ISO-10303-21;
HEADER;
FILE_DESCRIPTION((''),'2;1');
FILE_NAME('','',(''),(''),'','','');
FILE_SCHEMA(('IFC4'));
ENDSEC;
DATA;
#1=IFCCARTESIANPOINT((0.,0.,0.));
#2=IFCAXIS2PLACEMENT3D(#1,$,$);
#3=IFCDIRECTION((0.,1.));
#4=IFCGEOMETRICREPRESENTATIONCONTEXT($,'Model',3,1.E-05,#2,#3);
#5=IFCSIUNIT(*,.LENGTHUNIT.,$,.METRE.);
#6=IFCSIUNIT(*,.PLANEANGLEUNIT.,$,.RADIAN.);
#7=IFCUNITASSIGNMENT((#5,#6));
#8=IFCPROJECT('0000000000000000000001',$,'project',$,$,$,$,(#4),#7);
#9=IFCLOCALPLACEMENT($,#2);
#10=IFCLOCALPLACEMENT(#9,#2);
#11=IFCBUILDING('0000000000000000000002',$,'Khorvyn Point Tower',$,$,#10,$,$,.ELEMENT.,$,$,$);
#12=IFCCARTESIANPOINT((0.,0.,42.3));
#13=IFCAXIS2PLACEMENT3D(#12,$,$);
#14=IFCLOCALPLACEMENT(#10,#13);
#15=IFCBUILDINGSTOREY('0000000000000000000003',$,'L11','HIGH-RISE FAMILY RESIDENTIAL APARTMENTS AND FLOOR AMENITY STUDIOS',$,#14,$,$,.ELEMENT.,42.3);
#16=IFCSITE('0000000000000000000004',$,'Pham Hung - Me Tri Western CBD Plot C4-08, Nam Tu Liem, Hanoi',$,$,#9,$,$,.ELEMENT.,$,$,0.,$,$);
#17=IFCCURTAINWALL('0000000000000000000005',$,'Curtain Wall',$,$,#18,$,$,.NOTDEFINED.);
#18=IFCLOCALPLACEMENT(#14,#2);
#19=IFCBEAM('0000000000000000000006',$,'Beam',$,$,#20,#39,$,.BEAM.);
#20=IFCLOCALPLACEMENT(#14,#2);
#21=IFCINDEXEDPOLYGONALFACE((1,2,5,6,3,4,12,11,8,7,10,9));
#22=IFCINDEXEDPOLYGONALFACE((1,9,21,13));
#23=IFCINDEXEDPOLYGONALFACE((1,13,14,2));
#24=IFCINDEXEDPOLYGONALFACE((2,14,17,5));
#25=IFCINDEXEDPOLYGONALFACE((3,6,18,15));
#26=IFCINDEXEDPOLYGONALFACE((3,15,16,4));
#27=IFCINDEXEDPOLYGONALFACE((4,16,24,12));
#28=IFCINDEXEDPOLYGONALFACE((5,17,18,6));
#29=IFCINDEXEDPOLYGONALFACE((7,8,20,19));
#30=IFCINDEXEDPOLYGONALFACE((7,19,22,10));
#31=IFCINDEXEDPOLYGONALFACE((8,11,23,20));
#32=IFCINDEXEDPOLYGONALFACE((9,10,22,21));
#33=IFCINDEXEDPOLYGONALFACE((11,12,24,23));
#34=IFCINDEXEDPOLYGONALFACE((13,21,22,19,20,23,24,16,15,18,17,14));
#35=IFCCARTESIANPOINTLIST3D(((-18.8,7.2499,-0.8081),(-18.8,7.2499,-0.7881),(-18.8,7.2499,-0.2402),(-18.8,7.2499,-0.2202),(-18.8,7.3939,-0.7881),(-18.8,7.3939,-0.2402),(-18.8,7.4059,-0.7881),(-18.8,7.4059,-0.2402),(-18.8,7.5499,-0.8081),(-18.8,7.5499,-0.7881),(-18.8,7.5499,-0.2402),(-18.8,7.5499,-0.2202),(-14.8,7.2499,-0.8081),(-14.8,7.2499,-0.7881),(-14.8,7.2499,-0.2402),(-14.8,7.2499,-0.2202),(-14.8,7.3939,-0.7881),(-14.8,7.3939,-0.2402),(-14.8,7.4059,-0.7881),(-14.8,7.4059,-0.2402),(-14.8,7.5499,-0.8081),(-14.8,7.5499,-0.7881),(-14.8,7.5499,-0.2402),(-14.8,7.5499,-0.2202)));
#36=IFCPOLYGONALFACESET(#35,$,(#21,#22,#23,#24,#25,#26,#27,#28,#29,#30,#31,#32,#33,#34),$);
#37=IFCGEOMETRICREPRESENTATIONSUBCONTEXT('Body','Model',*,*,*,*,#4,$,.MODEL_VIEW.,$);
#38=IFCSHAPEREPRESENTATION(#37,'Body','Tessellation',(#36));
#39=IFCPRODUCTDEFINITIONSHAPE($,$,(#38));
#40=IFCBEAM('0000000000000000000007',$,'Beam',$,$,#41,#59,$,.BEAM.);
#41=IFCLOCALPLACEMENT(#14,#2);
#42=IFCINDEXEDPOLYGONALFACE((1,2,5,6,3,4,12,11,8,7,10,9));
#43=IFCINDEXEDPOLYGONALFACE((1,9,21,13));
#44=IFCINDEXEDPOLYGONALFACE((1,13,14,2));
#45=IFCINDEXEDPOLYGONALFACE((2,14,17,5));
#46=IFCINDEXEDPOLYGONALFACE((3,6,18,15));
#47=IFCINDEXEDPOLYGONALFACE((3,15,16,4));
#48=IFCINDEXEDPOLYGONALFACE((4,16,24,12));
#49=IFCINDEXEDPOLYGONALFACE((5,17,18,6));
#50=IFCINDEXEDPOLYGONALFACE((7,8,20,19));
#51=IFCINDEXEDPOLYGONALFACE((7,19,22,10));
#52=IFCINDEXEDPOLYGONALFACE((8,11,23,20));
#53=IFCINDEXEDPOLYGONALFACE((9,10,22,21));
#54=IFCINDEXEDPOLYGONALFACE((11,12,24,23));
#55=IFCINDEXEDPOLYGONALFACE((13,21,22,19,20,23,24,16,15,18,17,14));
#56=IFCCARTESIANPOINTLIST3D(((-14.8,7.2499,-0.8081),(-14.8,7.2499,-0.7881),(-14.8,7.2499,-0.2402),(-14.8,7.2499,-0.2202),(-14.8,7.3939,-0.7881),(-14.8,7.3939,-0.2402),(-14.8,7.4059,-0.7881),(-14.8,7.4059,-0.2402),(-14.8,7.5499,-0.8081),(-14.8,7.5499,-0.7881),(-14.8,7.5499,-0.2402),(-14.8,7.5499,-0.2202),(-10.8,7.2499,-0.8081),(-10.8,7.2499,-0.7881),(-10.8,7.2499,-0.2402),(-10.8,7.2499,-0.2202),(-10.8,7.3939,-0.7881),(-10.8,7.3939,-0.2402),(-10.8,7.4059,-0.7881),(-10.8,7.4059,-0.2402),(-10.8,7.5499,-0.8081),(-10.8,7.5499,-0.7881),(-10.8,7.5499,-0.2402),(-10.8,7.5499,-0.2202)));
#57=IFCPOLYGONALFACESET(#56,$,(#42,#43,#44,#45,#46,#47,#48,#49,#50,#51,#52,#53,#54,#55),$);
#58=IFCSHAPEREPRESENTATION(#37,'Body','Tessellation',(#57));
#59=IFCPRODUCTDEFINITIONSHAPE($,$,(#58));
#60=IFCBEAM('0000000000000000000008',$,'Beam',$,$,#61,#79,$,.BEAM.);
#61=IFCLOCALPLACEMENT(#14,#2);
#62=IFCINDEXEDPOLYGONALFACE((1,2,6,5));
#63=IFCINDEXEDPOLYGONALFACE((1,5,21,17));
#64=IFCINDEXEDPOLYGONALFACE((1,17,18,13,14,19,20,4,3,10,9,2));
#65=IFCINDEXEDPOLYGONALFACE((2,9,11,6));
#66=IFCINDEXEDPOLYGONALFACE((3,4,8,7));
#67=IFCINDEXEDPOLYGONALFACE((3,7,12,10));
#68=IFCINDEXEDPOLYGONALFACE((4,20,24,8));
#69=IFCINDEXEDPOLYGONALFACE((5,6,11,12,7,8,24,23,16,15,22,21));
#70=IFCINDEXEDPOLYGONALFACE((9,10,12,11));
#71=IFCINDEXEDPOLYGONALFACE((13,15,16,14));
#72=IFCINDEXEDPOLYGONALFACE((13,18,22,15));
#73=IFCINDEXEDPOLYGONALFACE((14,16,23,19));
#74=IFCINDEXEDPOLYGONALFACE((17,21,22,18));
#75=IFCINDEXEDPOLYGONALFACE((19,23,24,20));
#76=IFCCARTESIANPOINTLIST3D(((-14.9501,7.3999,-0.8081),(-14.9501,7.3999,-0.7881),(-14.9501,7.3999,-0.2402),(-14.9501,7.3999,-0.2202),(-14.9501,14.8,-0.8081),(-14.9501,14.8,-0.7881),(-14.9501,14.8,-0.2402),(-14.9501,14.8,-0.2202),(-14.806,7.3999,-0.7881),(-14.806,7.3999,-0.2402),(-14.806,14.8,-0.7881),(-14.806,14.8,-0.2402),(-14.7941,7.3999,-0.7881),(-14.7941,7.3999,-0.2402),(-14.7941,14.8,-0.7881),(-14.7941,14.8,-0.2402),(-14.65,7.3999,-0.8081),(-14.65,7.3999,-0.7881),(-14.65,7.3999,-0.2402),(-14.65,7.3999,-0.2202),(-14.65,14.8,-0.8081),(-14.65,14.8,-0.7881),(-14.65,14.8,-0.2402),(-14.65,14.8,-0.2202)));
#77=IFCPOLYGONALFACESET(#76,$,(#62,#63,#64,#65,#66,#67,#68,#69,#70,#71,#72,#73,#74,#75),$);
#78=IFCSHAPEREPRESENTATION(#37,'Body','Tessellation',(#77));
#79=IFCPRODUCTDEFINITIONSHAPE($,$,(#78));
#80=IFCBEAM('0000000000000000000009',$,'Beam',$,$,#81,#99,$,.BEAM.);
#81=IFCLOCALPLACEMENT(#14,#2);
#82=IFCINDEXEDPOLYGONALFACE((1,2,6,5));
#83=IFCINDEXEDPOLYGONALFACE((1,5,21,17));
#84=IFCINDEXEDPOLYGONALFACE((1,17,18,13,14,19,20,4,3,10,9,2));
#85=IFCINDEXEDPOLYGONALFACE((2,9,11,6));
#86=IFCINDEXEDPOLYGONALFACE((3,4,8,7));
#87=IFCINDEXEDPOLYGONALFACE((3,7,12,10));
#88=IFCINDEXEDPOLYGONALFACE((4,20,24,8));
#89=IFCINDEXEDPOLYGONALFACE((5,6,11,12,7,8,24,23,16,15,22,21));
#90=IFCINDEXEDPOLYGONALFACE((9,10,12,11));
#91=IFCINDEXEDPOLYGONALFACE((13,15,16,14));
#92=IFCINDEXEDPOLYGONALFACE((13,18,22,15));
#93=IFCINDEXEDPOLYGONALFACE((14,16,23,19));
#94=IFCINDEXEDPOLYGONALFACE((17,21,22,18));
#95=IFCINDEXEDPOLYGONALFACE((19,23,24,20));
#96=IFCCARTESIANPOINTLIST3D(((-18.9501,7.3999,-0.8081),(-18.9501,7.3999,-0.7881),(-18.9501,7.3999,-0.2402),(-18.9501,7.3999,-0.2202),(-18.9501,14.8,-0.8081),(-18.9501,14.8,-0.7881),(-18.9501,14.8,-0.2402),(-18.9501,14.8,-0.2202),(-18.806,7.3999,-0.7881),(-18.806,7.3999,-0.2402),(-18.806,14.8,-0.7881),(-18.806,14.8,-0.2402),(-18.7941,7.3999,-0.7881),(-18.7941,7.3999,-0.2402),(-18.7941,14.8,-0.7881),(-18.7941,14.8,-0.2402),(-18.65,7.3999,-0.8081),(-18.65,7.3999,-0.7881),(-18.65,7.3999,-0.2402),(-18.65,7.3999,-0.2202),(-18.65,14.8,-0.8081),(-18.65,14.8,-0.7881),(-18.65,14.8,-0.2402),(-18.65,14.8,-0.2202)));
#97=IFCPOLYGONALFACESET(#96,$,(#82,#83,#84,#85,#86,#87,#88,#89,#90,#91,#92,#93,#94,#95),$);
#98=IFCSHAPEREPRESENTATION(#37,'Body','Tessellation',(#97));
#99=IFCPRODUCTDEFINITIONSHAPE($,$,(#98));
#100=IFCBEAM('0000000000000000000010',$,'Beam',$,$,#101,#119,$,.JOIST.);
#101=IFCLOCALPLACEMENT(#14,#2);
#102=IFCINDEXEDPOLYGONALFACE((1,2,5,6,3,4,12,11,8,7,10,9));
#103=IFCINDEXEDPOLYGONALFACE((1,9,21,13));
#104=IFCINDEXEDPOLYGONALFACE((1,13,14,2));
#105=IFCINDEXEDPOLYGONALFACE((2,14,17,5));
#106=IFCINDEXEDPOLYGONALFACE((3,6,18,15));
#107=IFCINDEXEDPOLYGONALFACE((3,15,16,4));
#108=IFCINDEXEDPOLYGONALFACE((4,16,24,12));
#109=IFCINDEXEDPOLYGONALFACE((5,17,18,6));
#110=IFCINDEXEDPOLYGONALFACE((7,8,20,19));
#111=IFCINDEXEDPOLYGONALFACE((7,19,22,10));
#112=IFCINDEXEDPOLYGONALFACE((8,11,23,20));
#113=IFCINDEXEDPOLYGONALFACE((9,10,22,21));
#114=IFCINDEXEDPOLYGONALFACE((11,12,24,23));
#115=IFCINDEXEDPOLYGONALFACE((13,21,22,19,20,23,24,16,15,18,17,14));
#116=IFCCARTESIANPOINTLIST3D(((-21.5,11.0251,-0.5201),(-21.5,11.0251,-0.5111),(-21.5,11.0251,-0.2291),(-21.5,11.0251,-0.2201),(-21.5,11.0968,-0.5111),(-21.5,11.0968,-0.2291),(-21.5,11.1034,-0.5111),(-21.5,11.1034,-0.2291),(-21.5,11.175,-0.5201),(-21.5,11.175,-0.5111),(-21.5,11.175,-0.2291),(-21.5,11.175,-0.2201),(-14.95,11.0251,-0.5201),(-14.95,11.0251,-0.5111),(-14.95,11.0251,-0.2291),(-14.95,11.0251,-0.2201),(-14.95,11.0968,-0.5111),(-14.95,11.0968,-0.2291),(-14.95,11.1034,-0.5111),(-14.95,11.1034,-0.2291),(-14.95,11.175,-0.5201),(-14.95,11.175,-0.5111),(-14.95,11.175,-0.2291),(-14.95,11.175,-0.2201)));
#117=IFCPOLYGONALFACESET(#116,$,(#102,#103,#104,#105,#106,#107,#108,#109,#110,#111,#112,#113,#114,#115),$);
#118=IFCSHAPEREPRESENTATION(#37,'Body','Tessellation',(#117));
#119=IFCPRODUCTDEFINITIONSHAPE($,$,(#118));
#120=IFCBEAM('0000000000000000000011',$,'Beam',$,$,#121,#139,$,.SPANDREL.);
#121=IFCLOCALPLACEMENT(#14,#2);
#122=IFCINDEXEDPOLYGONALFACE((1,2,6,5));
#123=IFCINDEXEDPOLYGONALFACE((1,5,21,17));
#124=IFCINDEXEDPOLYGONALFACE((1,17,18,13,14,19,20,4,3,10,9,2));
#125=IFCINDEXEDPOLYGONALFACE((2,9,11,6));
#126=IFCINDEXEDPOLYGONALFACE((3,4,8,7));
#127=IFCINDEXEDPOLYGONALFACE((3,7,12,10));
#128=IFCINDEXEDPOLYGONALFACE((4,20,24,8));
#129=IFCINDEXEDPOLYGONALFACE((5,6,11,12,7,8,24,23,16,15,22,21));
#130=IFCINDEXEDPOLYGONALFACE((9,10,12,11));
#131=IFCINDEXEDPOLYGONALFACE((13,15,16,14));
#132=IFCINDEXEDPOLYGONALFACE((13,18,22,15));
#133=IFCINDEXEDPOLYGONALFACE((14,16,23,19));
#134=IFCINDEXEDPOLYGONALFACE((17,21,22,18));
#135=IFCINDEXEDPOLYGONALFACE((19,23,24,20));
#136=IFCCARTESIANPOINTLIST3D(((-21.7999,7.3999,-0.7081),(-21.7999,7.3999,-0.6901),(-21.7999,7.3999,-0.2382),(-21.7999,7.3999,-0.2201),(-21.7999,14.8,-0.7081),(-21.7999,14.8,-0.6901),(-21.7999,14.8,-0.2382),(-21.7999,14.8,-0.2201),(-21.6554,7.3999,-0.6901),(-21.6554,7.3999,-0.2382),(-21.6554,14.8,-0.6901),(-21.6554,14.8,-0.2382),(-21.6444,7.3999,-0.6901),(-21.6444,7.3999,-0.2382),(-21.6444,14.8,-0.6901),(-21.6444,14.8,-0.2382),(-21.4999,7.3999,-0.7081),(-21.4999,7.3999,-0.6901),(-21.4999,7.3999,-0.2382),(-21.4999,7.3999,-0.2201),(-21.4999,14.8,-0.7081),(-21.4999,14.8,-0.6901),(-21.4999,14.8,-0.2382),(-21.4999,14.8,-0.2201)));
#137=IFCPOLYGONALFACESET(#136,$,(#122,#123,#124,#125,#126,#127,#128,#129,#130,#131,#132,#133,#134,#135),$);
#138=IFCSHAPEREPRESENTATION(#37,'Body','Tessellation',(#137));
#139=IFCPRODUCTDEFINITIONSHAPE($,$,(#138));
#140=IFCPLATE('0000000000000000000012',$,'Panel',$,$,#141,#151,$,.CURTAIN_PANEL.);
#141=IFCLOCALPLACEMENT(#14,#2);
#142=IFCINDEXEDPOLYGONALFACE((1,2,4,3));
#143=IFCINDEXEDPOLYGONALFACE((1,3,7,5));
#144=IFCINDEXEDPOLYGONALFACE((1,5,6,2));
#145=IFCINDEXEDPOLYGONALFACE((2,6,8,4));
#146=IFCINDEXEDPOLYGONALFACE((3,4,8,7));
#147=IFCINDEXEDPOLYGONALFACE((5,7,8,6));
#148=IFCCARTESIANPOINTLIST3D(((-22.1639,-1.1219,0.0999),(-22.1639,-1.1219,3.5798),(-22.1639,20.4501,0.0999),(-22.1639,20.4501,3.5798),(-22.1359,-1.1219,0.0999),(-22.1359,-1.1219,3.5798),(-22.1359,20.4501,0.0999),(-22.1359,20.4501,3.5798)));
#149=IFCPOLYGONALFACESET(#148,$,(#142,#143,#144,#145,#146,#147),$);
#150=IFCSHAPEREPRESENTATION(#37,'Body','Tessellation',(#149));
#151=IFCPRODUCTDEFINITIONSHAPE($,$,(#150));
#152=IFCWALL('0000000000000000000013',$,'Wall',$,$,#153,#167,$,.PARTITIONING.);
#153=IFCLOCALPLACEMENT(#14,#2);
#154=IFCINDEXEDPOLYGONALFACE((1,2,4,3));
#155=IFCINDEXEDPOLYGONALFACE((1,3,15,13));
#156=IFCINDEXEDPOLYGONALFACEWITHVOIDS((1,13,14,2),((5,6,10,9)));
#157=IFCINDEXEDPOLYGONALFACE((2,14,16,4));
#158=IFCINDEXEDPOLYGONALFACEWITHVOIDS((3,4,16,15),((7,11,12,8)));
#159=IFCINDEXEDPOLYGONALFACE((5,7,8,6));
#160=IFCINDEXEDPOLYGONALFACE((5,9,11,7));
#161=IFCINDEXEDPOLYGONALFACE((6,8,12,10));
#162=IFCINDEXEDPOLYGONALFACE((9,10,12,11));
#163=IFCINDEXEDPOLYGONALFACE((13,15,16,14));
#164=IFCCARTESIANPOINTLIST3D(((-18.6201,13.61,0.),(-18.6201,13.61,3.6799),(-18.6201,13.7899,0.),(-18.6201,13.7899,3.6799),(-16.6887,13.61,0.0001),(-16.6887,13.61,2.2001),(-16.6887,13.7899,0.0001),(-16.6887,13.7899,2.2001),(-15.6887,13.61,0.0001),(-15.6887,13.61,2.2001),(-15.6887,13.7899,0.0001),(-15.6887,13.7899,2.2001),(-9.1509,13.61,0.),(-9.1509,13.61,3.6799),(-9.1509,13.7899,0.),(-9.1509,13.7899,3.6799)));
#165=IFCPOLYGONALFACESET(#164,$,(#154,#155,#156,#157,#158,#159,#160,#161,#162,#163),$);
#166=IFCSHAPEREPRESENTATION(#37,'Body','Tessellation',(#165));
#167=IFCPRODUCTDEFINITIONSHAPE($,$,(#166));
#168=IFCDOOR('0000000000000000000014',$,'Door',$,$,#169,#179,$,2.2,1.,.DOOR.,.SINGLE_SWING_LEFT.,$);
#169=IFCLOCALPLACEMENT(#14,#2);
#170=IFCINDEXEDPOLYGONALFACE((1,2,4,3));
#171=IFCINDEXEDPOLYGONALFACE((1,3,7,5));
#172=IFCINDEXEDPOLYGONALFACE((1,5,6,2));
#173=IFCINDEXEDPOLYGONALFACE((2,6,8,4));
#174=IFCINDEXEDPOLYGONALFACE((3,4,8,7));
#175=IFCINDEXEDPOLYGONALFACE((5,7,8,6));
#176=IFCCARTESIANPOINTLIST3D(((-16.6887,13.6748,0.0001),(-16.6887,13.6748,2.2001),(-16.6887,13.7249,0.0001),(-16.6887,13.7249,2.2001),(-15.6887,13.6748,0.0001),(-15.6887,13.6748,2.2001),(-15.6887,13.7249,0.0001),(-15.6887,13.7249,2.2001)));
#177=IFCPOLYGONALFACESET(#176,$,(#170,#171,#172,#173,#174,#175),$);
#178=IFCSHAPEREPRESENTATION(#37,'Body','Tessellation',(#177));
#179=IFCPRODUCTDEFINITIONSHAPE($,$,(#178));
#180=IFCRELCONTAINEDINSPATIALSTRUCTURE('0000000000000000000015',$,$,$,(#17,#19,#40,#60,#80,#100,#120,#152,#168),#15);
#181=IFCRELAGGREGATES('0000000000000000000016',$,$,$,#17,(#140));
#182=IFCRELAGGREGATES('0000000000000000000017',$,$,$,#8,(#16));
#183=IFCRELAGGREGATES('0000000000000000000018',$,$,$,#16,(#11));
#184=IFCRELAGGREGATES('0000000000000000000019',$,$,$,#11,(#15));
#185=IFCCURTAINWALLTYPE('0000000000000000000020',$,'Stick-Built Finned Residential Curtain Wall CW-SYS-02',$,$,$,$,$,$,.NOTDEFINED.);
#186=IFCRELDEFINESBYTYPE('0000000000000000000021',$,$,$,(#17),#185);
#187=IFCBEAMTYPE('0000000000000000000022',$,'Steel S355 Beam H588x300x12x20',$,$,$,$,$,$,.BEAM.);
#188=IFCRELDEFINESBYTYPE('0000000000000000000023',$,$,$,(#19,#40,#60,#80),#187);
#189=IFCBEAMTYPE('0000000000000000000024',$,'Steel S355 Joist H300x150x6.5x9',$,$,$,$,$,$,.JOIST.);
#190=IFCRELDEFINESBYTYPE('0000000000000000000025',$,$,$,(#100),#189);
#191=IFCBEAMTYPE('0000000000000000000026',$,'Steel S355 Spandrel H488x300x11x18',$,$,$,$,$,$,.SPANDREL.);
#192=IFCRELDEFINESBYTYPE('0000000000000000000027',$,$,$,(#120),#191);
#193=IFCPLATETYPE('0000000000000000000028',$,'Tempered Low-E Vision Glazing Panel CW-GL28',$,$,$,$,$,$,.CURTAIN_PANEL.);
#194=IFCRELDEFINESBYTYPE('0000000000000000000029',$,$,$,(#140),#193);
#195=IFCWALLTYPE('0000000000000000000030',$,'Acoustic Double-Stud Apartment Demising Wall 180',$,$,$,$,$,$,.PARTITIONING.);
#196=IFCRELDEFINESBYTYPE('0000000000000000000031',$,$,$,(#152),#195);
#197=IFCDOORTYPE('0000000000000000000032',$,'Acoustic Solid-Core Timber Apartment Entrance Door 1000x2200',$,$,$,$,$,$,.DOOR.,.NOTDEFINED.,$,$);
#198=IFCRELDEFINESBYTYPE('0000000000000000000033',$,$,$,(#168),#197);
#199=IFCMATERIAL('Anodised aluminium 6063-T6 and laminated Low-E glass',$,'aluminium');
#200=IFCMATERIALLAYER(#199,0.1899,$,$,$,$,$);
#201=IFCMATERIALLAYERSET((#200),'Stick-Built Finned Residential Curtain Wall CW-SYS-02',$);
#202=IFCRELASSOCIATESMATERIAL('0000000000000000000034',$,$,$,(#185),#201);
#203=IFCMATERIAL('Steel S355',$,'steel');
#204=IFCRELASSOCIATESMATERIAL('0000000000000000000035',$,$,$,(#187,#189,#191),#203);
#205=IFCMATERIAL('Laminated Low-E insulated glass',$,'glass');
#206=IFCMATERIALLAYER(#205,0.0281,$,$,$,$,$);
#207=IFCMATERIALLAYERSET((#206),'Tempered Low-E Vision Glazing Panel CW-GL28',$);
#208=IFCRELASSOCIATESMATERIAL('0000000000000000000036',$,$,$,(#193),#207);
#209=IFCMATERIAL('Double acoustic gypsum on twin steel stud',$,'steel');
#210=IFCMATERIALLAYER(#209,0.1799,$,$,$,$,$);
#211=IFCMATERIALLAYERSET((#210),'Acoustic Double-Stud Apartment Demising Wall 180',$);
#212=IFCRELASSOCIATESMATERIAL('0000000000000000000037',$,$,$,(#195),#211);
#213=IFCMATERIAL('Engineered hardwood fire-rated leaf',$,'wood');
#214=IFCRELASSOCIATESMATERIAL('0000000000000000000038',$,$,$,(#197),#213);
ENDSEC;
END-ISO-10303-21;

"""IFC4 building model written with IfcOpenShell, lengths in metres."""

from ifc_helpers import new_model, si_unit, direction, frame, frame_2d, origin, origin_2d, place, context, subcontext, project, spatial, rectangle, i_section, extrude, material, layer, layer_set, material_profile, profile_set, type_object, element, fill, aggregate, save


model = new_model("IFC4")

# Units and contexts
model_context = context("Model", 3, precision=1e-05, world=origin(), true_north=direction((0.0, 1.0)))
body_context = subcontext(model_context, "Body", "Model", "MODEL_VIEW")
ifc_project = project(units=[si_unit("LENGTHUNIT", "METRE"), si_unit("PLANEANGLEUNIT", "RADIAN")], contexts=[model_context])

# Site, building, storey
site_placement = place(None, origin())
site = spatial("IfcSite", under=ifc_project, at=site_placement, Name="Pham Hung - Me Tri Western CBD Plot C4-08, Nam Tu Liem, Hanoi", CompositionType="ELEMENT", RefElevation=0.0)
building_placement = place(site_placement, origin())
building = spatial("IfcBuilding", under=site, at=building_placement, Name="Khorvyn Point Tower", CompositionType="ELEMENT")
storey_placement = place(building_placement, frame((0.0, 0.0, 42.3)))
storey = spatial("IfcBuildingStorey", under=building, at=storey_placement, Name="L11", Description="HIGH-RISE FAMILY RESIDENTIAL APARTMENTS AND FLOOR AMENITY STUDIOS", CompositionType="ELEMENT", Elevation=42.3)

# Shared definitions
ifc_material_1 = material(Name="Anodised aluminium 6063-T6 and laminated Low-E glass", Category="aluminium")
ifc_layer_1 = layer(ifc_material_1, 0.1899)
ifc_layer_set_1 = layer_set([ifc_layer_1], Name="Stick-Built Finned Residential Curtain Wall CW-SYS-02")
curtain_wall_type = type_object("IfcCurtainWallType", Name="Stick-Built Finned Residential Curtain Wall CW-SYS-02", PredefinedType="NOTDEFINED", material=ifc_layer_set_1)

# Curtain wall
curtain_wall_1_placement = place(storey_placement, origin())
curtain_wall_1 = element("IfcCurtainWall", 1, at=curtain_wall_1_placement, inside=storey, type_object=curtain_wall_type, Name="Curtain Wall", PredefinedType="NOTDEFINED")

# Beams
ifc_material_2 = material(Name="Steel S355", Category="steel")
ifc_material_profile_1 = material_profile(ifc_material_2, i_section(OverallWidth=0.3, OverallDepth=0.5879, WebThickness=0.012, FlangeThickness=0.02, at=origin_2d()))
ifc_profile_set_1 = profile_set([ifc_material_profile_1], Name="Steel S355 H588x300x12x20")
beam_type_1 = type_object("IfcBeamType", Name="Steel S355 Beam H588x300x12x20", PredefinedType="BEAM", material=ifc_profile_set_1)
for number, where, z_axis, x_axis, name in (
    (2, (-18.8, 7.3999, -0.5142), (1.0, 0.0, 0.0), (0.0, 1.0, 0.0), "Beam"),
    (3, (-14.8, 7.3999, -0.5142), (1.0, 0.0, 0.0), (0.0, 1.0, 0.0), "Beam"),
):
    element("IfcBeam", number, at=place(storey_placement, frame(where, z_axis=z_axis, x_axis=x_axis)), inside=storey, type_object=beam_type_1, Name=name, PredefinedType="BEAM", context=body_context, shape_type="SweptSolid", body=[
        extrude(i_section(OverallWidth=0.3, OverallDepth=0.5879, WebThickness=0.012, FlangeThickness=0.02, at=origin_2d()), origin(), (0.0, 0.0, 1.0), 4.0),
    ])
for number, where, z_axis, x_axis, name in (
    (4, (-14.8, 7.3999, -0.5142), (0.0, 1.0, 0.0), (-1.0, 0.0, 0.0), "Beam"),
    (5, (-18.8, 7.3999, -0.5142), (0.0, 1.0, 0.0), (-1.0, 0.0, 0.0), "Beam"),
):
    element("IfcBeam", number, at=place(storey_placement, frame(where, z_axis=z_axis, x_axis=x_axis)), inside=storey, type_object=beam_type_1, Name=name, PredefinedType="BEAM", context=body_context, shape_type="SweptSolid", body=[
        extrude(i_section(OverallWidth=0.3, OverallDepth=0.5879, WebThickness=0.012, FlangeThickness=0.02, at=origin_2d()), origin(), (0.0, 0.0, 1.0), 7.4001),
    ])
ifc_material_profile_2 = material_profile(ifc_material_2, i_section(OverallWidth=0.1499, OverallDepth=0.3, WebThickness=0.0066, FlangeThickness=0.009, at=origin_2d()))
ifc_profile_set_2 = profile_set([ifc_material_profile_2], Name="Steel S355 H300x150x6.5x9")
beam_type_2 = type_object("IfcBeamType", Name="Steel S355 Joist H300x150x6.5x9", PredefinedType="JOIST", material=ifc_profile_set_2)
beam_1_placement = place(storey_placement, frame((-21.5, 11.1001, -0.3701), z_axis=(1.0, 0.0, 0.0), x_axis=(0.0, 1.0, 0.0)))
element("IfcBeam", 6, at=beam_1_placement, inside=storey, type_object=beam_type_2, Name="Beam", PredefinedType="JOIST", context=body_context, shape_type="SweptSolid", body=[
    extrude(i_section(OverallWidth=0.1499, OverallDepth=0.3, WebThickness=0.0066, FlangeThickness=0.009, at=origin_2d()), origin(), (0.0, 0.0, 1.0), 6.55),
])
ifc_material_profile_3 = material_profile(ifc_material_2, i_section(OverallWidth=0.3, OverallDepth=0.488, WebThickness=0.011, FlangeThickness=0.0181, at=origin_2d()))
ifc_profile_set_3 = profile_set([ifc_material_profile_3], Name="Steel S355 H488x300x11x18")
beam_type_3 = type_object("IfcBeamType", Name="Steel S355 Spandrel H488x300x11x18", PredefinedType="SPANDREL", material=ifc_profile_set_3)
beam_2_placement = place(storey_placement, frame((-21.6499, 7.3999, -0.4641), z_axis=(0.0, 1.0, 0.0), x_axis=(-1.0, 0.0, 0.0)))
element("IfcBeam", 7, at=beam_2_placement, inside=storey, type_object=beam_type_3, Name="Beam", PredefinedType="SPANDREL", context=body_context, shape_type="SweptSolid", body=[
    extrude(i_section(OverallWidth=0.3, OverallDepth=0.488, WebThickness=0.011, FlangeThickness=0.0181, at=origin_2d()), origin(), (0.0, 0.0, 1.0), 7.4001),
])

# Plate
ifc_material_3 = material(Name="Laminated Low-E insulated glass", Category="glass")
ifc_layer_2 = layer(ifc_material_3, 0.0281)
ifc_layer_set_2 = layer_set([ifc_layer_2], Name="Tempered Low-E Vision Glazing Panel CW-GL28")
plate_type = type_object("IfcPlateType", Name="Tempered Low-E Vision Glazing Panel CW-GL28", PredefinedType="CURTAIN_PANEL", material=ifc_layer_set_2)
plate_placement = place(storey_placement, frame((-22.1499, 9.6641, 0.0999), z_axis=(0.0, 0.0, 1.0), x_axis=(0.0, 1.0, 0.0)))
plate = element("IfcPlate", 8, at=plate_placement, type_object=plate_type, Name="Panel", PredefinedType="CURTAIN_PANEL", context=body_context, shape_type="SweptSolid", body=[
    extrude(rectangle(XDim=21.572, YDim=0.0281, at=origin_2d()), origin(), (0.0, 0.0, 1.0), 3.48),
])
aggregate(curtain_wall_1, [plate])

# Wall, opening, door
ifc_material_4 = material(Name="Double acoustic gypsum on twin steel stud", Category="steel")
ifc_layer_3 = layer(ifc_material_4, 0.1799)
ifc_layer_set_3 = layer_set([ifc_layer_3], Name="Acoustic Double-Stud Apartment Demising Wall 180")
wall_type_1 = type_object("IfcWallType", Name="Acoustic Double-Stud Apartment Demising Wall 180", PredefinedType="PARTITIONING", material=ifc_layer_set_3)
wall_1_placement = place(storey_placement, frame((-18.6201, 13.7, 0.0), z_axis=(0.0, 0.0, 1.0), x_axis=(1.0, 0.0, 0.0)))
wall_1 = element("IfcWall", 9, at=wall_1_placement, inside=storey, type_object=wall_type_1, Name="Wall", PredefinedType="PARTITIONING", context=body_context, shape_type="SweptSolid", body=[
    extrude(rectangle(XDim=9.4692, YDim=0.1799, at=frame_2d((4.7346, 0.0))), origin(), (0.0, 0.0, 1.0), 3.6799),
])
opening_1_placement = place(wall_1_placement, frame((1.9314, 0.0, 0.0)))
opening_1 = element("IfcOpeningElement", 10, at=opening_1_placement, cuts=wall_1, PredefinedType="OPENING", context=body_context, shape_type="SweptSolid", body=[
    extrude(rectangle(XDim=1.0, YDim=2.2, at=frame_2d((0.5, 1.1001))), frame((0.0, 0.0999, 0.0), z_axis=(0.0, -1.0, 0.0), x_axis=(1.0, 0.0, 0.0)), (0.0, 0.0, 1.0), 0.2),
])
ifc_material_5 = material(Name="Engineered hardwood fire-rated leaf", Category="wood")
door_type_1 = type_object("IfcDoorType", Name="Acoustic Solid-Core Timber Apartment Entrance Door 1000x2200", OperationType="NOTDEFINED", PredefinedType="DOOR", material=ifc_material_5)
door_1_placement = place(opening_1_placement, origin())
door_1 = element("IfcDoor", 11, at=door_1_placement, inside=storey, type_object=door_type_1, Name="Door", OperationType="SINGLE_SWING_LEFT", OverallHeight=2.2, OverallWidth=1.0, PredefinedType="DOOR", context=body_context, shape_type="SweptSolid", body=[
    extrude(rectangle(XDim=1.0, YDim=2.2, at=frame_2d((0.5, 1.1001))), frame((0.0, 0.0249, 0.0), z_axis=(0.0, -1.0, 0.0), x_axis=(1.0, 0.0, 0.0)), (0.0, 0.0, 1.0), 0.05),
])
fill(opening_1, door_1)

save(model, "model.ifc")
